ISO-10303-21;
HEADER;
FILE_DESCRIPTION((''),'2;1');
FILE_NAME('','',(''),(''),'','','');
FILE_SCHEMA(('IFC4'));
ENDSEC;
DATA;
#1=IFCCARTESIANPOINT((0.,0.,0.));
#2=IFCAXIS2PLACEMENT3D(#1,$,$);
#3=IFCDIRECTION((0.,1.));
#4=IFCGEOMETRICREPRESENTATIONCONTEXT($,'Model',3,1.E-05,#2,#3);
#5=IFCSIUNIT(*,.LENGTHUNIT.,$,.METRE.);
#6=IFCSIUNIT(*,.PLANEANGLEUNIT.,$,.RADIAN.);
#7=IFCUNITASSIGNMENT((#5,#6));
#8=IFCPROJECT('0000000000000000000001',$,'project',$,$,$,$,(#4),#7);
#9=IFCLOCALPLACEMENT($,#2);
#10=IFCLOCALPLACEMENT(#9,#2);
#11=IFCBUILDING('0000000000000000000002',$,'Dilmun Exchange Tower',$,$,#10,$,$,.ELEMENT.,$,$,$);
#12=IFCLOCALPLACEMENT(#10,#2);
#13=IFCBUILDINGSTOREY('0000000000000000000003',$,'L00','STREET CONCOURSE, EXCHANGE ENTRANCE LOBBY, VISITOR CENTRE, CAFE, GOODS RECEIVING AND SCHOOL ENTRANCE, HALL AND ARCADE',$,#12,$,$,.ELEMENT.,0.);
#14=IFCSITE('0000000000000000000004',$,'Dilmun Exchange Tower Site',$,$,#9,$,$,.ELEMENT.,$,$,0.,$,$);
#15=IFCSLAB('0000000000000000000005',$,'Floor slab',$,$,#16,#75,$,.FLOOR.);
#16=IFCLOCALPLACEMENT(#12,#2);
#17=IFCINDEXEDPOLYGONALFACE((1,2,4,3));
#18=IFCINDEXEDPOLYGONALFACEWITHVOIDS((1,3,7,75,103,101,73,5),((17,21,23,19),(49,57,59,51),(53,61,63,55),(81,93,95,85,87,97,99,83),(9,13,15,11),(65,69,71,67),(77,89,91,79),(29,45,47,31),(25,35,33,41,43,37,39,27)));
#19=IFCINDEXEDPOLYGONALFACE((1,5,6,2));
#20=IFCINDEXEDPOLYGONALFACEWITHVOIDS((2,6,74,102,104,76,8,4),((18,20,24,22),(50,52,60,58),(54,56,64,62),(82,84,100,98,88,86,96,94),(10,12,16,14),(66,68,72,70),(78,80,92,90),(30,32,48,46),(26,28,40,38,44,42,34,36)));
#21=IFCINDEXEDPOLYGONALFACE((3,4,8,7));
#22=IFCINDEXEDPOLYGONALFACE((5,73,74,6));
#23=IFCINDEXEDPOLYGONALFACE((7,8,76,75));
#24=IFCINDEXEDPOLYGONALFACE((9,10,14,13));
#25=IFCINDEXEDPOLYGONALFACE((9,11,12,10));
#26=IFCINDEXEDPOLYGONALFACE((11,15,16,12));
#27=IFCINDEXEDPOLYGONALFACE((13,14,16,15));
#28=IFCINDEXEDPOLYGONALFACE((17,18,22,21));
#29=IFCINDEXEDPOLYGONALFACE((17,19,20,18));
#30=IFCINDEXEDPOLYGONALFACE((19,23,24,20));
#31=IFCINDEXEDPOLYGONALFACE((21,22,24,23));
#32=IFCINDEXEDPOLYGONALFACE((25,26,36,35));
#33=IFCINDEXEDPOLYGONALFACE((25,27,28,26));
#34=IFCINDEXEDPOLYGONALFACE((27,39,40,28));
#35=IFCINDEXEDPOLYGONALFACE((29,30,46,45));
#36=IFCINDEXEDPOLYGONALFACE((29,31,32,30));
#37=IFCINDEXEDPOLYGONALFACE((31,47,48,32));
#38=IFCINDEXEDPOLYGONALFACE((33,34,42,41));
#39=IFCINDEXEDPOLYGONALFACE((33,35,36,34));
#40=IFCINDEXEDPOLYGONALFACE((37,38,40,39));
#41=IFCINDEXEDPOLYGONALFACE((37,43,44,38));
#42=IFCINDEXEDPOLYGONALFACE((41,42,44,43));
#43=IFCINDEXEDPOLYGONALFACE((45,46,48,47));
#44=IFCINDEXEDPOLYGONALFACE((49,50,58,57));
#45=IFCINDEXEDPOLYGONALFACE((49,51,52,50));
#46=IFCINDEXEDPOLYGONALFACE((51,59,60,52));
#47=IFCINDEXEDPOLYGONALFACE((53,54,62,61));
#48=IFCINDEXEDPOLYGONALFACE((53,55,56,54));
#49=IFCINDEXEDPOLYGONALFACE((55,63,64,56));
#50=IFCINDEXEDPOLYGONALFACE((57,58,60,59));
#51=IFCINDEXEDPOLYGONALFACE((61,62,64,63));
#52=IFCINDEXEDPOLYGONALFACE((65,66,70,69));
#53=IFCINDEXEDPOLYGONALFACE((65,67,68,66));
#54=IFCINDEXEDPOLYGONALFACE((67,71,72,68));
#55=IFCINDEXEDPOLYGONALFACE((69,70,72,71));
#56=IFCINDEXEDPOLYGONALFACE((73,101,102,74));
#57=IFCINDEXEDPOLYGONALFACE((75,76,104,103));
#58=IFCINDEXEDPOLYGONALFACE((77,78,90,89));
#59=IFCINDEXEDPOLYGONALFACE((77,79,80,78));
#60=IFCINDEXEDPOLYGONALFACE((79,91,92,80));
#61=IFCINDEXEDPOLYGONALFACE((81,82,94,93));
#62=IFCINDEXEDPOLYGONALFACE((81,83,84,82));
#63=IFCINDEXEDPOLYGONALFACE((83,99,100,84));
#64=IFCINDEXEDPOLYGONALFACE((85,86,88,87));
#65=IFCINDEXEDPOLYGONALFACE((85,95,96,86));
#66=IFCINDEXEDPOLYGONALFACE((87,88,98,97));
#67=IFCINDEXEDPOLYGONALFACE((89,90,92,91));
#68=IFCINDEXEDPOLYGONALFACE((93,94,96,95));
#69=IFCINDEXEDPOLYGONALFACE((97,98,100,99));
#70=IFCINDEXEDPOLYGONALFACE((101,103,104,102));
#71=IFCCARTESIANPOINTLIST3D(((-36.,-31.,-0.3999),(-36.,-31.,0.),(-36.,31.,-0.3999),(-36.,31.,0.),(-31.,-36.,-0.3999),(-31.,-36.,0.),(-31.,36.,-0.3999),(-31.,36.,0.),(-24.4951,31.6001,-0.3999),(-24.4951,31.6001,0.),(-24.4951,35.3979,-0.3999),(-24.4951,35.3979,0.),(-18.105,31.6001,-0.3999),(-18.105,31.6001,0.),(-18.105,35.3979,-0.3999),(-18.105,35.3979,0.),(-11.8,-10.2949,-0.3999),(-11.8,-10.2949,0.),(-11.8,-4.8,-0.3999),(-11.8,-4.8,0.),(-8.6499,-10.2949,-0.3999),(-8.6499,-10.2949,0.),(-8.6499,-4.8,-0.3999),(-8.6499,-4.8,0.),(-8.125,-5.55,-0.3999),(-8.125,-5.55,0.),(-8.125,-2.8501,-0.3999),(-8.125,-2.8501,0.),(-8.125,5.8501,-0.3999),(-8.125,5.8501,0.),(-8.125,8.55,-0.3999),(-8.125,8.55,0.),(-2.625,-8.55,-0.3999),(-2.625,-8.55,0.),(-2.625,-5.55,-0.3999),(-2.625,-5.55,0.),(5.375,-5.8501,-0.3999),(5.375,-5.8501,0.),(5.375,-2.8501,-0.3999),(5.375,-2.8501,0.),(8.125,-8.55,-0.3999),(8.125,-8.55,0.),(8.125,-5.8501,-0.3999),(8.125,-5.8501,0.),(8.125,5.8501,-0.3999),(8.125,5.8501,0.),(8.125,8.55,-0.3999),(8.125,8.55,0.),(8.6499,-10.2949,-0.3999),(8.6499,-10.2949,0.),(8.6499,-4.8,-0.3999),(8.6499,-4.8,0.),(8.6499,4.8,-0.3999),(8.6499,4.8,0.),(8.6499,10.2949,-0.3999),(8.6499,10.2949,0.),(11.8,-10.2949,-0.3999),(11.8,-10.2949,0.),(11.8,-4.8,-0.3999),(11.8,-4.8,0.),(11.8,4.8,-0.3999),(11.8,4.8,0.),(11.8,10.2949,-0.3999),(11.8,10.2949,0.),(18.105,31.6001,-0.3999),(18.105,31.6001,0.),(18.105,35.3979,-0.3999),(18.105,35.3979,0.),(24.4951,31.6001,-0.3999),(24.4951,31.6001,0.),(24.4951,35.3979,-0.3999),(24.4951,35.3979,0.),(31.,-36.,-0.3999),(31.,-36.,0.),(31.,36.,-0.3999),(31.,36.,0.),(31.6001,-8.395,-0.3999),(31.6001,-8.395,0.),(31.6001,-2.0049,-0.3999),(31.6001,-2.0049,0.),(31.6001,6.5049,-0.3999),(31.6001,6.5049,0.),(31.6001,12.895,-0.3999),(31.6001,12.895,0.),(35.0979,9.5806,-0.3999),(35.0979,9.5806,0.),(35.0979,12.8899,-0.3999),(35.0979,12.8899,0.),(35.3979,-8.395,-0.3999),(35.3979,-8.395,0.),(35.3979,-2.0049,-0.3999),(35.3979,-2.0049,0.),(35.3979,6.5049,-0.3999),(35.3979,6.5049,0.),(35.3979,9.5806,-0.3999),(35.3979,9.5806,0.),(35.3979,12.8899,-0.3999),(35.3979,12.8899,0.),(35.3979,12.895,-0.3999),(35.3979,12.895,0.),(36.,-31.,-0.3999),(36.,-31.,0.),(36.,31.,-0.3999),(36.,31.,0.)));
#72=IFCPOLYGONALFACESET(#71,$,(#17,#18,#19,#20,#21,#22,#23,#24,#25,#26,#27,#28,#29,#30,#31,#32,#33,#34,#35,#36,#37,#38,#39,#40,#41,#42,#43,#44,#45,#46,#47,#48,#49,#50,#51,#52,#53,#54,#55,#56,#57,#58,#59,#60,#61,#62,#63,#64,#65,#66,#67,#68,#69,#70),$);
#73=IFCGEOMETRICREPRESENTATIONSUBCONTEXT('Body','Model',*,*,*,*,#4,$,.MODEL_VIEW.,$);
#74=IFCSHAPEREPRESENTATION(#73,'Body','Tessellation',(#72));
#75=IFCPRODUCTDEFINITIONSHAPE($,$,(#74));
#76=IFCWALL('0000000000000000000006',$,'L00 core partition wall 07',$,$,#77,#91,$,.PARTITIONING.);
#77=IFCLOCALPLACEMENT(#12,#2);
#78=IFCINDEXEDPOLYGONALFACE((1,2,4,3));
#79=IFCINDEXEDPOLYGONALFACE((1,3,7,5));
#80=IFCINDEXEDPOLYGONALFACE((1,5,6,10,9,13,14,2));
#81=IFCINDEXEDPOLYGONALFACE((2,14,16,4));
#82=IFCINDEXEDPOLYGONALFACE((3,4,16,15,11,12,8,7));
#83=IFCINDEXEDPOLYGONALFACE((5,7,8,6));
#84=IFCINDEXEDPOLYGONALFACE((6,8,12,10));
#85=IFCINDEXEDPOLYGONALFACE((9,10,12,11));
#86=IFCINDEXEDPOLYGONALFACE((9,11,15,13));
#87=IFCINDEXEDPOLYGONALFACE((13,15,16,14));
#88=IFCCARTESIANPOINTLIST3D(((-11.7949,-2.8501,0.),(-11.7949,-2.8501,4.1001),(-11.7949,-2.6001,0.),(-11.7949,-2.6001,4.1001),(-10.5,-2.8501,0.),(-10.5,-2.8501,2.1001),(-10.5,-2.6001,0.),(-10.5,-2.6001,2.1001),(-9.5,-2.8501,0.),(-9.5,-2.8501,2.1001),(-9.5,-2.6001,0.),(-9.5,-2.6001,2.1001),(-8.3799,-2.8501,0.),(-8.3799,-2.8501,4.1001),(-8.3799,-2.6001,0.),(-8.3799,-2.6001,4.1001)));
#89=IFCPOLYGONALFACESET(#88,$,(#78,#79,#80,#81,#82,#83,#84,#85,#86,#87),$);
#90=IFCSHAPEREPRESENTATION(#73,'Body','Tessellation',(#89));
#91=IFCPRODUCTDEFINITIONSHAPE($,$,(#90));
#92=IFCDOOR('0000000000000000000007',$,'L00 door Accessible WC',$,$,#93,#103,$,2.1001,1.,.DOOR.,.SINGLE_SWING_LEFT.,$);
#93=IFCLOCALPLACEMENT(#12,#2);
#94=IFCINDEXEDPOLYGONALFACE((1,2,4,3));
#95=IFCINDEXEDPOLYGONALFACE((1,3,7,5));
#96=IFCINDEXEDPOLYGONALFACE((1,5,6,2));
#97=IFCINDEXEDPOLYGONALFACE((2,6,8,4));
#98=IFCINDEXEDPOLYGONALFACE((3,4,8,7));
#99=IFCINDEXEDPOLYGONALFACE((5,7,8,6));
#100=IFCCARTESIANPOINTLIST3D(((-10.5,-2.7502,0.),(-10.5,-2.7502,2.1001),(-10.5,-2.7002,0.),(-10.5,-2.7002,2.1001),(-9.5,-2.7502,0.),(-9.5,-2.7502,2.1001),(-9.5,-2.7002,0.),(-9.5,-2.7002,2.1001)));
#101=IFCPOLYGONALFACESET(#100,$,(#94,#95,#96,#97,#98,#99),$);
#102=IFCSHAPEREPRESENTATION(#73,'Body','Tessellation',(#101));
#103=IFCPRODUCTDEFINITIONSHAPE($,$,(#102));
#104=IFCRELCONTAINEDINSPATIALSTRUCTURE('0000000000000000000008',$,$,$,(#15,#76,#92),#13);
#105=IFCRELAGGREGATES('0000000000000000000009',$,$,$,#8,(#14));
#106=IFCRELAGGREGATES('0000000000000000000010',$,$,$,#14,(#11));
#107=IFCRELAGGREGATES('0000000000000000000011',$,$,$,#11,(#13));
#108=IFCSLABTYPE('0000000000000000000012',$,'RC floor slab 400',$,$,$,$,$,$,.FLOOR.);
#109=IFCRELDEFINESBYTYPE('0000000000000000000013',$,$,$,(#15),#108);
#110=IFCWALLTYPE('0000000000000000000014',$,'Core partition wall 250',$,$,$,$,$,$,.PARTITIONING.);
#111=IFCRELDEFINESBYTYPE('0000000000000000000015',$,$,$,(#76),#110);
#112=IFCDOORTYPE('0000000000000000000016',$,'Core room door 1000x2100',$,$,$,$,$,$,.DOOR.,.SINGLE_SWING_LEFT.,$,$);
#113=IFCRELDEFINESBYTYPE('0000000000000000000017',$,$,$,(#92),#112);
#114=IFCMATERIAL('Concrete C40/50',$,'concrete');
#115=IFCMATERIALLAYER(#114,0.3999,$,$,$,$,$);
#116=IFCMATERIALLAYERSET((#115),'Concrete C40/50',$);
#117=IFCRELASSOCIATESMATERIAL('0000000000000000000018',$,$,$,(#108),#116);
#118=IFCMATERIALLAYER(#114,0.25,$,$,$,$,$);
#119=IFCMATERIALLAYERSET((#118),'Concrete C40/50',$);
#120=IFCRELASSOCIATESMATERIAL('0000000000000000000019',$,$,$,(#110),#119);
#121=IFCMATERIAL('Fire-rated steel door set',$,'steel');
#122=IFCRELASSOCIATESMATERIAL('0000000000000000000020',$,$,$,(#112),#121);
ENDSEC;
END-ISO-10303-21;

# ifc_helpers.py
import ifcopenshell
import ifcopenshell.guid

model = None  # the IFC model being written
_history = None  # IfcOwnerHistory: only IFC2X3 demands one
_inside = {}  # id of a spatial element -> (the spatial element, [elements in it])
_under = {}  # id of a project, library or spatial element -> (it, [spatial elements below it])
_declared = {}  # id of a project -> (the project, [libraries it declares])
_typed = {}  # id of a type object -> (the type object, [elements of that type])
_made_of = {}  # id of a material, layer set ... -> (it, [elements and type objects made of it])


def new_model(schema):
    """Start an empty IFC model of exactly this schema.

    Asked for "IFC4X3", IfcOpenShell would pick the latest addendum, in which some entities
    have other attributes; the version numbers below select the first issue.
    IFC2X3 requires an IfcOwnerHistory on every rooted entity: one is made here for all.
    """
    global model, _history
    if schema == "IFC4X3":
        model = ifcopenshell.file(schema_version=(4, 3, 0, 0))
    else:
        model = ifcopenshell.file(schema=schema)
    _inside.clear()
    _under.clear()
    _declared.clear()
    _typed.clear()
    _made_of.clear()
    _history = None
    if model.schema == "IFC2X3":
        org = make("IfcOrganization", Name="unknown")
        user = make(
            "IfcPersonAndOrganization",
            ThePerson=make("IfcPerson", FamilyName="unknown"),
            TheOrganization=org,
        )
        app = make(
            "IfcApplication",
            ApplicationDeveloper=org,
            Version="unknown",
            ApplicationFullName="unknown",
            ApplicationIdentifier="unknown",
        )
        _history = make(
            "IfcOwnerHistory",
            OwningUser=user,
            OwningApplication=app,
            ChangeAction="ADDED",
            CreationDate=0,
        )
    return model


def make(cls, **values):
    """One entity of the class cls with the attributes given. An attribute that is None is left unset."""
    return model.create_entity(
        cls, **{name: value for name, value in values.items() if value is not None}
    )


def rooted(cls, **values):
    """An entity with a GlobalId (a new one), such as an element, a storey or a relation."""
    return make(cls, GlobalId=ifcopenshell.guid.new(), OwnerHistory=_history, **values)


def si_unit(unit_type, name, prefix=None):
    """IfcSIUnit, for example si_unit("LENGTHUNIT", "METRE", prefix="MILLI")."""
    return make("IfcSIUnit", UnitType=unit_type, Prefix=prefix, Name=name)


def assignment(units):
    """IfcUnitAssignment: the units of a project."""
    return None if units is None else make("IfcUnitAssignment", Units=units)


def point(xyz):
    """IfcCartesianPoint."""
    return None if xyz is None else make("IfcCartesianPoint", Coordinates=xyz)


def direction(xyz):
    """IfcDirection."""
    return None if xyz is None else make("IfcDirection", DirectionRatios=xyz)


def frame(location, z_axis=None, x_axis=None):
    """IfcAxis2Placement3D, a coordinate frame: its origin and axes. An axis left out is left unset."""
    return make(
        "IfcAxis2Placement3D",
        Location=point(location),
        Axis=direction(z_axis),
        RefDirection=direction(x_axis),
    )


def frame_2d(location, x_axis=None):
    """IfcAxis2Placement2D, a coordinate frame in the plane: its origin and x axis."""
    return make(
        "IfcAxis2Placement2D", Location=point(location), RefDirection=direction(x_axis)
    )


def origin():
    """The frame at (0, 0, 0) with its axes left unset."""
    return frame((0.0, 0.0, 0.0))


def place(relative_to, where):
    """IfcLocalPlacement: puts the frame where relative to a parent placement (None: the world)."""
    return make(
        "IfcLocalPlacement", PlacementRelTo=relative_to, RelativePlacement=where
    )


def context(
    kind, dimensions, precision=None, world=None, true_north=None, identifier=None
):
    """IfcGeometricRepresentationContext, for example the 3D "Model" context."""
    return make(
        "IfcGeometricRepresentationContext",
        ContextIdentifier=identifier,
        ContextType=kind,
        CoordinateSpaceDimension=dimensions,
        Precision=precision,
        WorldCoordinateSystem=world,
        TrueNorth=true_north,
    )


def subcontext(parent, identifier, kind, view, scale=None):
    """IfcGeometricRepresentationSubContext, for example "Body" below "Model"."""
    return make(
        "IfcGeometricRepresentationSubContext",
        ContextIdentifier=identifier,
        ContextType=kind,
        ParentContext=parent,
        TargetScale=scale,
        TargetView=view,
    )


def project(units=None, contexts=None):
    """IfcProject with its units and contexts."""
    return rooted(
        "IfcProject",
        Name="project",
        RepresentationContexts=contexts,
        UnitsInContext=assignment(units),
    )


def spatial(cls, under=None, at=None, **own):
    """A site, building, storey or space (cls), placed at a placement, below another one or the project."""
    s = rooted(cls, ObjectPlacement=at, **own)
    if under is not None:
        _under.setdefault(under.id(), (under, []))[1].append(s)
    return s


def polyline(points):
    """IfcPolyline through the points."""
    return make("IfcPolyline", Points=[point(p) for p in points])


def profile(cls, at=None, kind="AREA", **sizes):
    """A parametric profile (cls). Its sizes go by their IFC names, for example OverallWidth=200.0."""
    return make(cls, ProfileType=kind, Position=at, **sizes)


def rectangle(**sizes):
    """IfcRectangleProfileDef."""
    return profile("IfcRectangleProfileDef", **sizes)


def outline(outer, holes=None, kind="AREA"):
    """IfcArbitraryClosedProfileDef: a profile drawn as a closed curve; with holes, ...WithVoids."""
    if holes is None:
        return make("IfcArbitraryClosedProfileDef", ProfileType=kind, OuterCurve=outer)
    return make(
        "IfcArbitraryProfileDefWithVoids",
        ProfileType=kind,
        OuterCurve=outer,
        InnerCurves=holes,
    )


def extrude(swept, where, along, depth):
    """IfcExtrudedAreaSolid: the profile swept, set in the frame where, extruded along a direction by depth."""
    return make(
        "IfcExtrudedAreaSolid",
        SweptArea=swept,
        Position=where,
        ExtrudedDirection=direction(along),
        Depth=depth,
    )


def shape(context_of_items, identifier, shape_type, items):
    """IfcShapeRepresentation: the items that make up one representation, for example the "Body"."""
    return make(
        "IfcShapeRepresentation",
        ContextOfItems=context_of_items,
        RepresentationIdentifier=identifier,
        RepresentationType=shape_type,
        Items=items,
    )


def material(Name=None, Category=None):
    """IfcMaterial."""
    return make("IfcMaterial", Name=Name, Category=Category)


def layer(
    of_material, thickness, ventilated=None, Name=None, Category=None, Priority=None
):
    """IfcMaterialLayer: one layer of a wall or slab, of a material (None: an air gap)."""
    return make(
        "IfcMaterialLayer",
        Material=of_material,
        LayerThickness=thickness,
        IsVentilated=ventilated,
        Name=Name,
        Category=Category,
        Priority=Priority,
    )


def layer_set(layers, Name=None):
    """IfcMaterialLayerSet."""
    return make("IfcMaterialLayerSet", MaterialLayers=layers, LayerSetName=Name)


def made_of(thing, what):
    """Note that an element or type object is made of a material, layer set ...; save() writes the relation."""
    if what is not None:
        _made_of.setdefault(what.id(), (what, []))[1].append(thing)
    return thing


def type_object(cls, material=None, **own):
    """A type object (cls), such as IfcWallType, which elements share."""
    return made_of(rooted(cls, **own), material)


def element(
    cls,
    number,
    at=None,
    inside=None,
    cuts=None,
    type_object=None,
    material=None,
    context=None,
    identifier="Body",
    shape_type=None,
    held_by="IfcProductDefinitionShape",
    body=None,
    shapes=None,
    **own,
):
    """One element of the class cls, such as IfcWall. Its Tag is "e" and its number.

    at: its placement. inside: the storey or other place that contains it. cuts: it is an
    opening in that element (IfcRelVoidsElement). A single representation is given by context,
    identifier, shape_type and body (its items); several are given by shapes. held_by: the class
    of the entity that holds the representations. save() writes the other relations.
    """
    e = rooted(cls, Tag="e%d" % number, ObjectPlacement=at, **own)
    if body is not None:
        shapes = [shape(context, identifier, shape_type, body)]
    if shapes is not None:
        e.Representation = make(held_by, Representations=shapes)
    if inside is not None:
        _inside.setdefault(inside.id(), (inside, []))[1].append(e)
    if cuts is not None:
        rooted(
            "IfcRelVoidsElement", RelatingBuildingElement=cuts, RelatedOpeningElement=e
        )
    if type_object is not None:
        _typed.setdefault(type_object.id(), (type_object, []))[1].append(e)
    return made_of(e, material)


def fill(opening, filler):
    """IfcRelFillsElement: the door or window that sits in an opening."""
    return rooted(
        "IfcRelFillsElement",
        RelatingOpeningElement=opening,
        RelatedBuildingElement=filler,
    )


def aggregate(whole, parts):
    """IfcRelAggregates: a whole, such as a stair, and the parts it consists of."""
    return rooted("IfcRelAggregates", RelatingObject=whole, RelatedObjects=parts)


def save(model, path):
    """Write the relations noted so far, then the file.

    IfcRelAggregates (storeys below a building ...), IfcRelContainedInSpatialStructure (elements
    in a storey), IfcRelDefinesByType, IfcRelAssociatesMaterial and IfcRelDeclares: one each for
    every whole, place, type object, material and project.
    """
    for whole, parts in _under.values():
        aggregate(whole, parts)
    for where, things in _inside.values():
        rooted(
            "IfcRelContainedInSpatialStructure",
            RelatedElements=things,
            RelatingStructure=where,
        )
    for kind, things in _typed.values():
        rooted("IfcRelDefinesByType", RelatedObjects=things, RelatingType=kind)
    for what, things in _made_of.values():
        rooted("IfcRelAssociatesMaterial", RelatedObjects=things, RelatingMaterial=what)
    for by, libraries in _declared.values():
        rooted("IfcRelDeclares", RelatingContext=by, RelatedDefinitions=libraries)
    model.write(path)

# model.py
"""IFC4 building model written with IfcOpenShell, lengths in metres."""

from ifc_helpers import new_model, si_unit, direction, frame, frame_2d, origin, place, context, subcontext, project, spatial, polyline, rectangle, outline, extrude, material, layer, layer_set, type_object, element, fill, save


model = new_model("IFC4")

# Units and contexts
model_context = context("Model", 3, precision=1e-05, world=origin(), true_north=direction((0.0, 1.0)))
body_context = subcontext(model_context, "Body", "Model", "MODEL_VIEW")
ifc_project = project(units=[si_unit("LENGTHUNIT", "METRE"), si_unit("PLANEANGLEUNIT", "RADIAN")], contexts=[model_context])

# Site, building, storey
site_placement = place(None, origin())
site = spatial("IfcSite", under=ifc_project, at=site_placement, Name="Dilmun Exchange Tower Site", CompositionType="ELEMENT", RefElevation=0.0)
building_placement = place(site_placement, origin())
building = spatial("IfcBuilding", under=site, at=building_placement, Name="Dilmun Exchange Tower", CompositionType="ELEMENT")
storey_placement = place(building_placement, origin())
storey = spatial("IfcBuildingStorey", under=building, at=storey_placement, Name="L00", Description="STREET CONCOURSE, EXCHANGE ENTRANCE LOBBY, VISITOR CENTRE, CAFE, GOODS RECEIVING AND SCHOOL ENTRANCE, HALL AND ARCADE", CompositionType="ELEMENT", Elevation=0.0)

# Shared definitions
ifc_material_1 = material(Name="Concrete C40/50", Category="concrete")

# Slab
ifc_layer_1 = layer(ifc_material_1, 0.3999)
ifc_layer_set_1 = layer_set([ifc_layer_1], Name="Concrete C40/50")
slab_type_1 = type_object("IfcSlabType", Name="RC floor slab 400", PredefinedType="FLOOR", material=ifc_layer_set_1)
slab_1_placement = place(storey_placement, frame((0.0, 0.0, -0.3999)))
element("IfcSlab", 1, at=slab_1_placement, inside=storey, type_object=slab_type_1, Name="Floor slab", PredefinedType="FLOOR", context=body_context, shape_type="SweptSolid", body=[
    extrude(outline(polyline([(-36.0, -31.0), (-36.0, 31.0), (-31.0, 36.0), (31.0, 36.0), (36.0, 31.0), (36.0, -31.0), (31.0, -36.0), (-31.0, -36.0), (-36.0, -31.0)]), holes=[polyline([(-8.6499, -10.2949), (-8.6499, -4.8), (-11.8, -4.8), (-11.8, -10.2949), (-8.6499, -10.2949)]), polyline([(11.8, -10.2949), (11.8, -4.8), (8.6499, -4.8), (8.6499, -10.2949), (11.8, -10.2949)]), polyline([(5.375, -2.8501), (-8.125, -2.8501), (-8.125, -5.55), (-2.625, -5.55), (-2.625, -8.55), (8.125, -8.55), (8.125, -5.8501), (5.375, -5.8501), (5.375, -2.8501)]), polyline([(35.3979, -8.395), (35.3979, -2.0049), (31.6001, -2.0049), (31.6001, -8.395), (35.3979, -8.395)]), polyline([(-8.125, 5.8501), (8.125, 5.8501), (8.125, 8.55), (-8.125, 8.55), (-8.125, 5.8501)]), polyline([(8.6499, 10.2949), (8.6499, 4.8), (11.8, 4.8), (11.8, 10.2949), (8.6499, 10.2949)]), polyline([(35.3979, 12.895), (31.6001, 12.895), (31.6001, 6.5049), (35.3979, 6.5049), (35.3979, 9.5806), (35.0979, 9.5806), (35.0979, 12.8899), (35.3979, 12.8899), (35.3979, 12.895)]), polyline([(-18.105, 31.6001), (-18.105, 35.3979), (-24.4951, 35.3979), (-24.4951, 31.6001), (-18.105, 31.6001)]), polyline([(18.105, 35.3979), (18.105, 31.6001), (24.4951, 31.6001), (24.4951, 35.3979), (18.105, 35.3979)])]), origin(), (0.0, 0.0, 1.0), 0.3999),
])

# Wall, opening, door
ifc_layer_2 = layer(ifc_material_1, 0.25)
ifc_layer_set_2 = layer_set([ifc_layer_2], Name="Concrete C40/50")
wall_type_1 = type_object("IfcWallType", Name="Core partition wall 250", PredefinedType="PARTITIONING", material=ifc_layer_set_2)
wall_1_placement = place(storey_placement, frame((-11.7949, -2.7251, 0.0), z_axis=(0.0, 0.0, 1.0), x_axis=(1.0, 0.0, 0.0)))
wall_1 = element("IfcWall", 2, at=wall_1_placement, inside=storey, type_object=wall_type_1, Name="L00 core partition wall 07", PredefinedType="PARTITIONING", context=body_context, shape_type="SweptSolid", body=[
    extrude(rectangle(XDim=3.415, YDim=0.25, at=frame_2d((1.7075, 0.0))), origin(), (0.0, 0.0, 1.0), 4.1001),
])
opening_1_placement = place(wall_1_placement, frame((1.2949, 0.0, 0.0)))
opening_1 = element("IfcOpeningElement", 3, at=opening_1_placement, cuts=wall_1, PredefinedType="OPENING", context=body_context, shape_type="SweptSolid", body=[
    extrude(rectangle(XDim=1.0, YDim=2.1001, at=frame_2d((0.5, 1.05))), frame((0.0, 0.135, 0.0), z_axis=(0.0, -1.0, 0.0), x_axis=(1.0, 0.0, 0.0)), (0.0, 0.0, 1.0), 0.27),
])
ifc_material_2 = material(Name="Fire-rated steel door set", Category="steel")
door_type_1 = type_object("IfcDoorType", Name="Core room door 1000x2100", OperationType="SINGLE_SWING_LEFT", PredefinedType="DOOR", material=ifc_material_2)
door_1_placement = place(opening_1_placement, origin())
door_1 = element("IfcDoor", 4, at=door_1_placement, inside=storey, type_object=door_type_1, Name="L00 door Accessible WC", OperationType="SINGLE_SWING_LEFT", OverallHeight=2.1001, OverallWidth=1.0, PredefinedType="DOOR", context=body_context, shape_type="SweptSolid", body=[
    extrude(rectangle(XDim=1.0, YDim=2.1001, at=frame_2d((0.5, 1.05))), frame((0.0, 0.0249, 0.0), z_axis=(0.0, -1.0, 0.0), x_axis=(1.0, 0.0, 0.0)), (0.0, 0.0, 1.0), 0.05),
])
fill(opening_1, door_1)

save(model, "model.ifc")
